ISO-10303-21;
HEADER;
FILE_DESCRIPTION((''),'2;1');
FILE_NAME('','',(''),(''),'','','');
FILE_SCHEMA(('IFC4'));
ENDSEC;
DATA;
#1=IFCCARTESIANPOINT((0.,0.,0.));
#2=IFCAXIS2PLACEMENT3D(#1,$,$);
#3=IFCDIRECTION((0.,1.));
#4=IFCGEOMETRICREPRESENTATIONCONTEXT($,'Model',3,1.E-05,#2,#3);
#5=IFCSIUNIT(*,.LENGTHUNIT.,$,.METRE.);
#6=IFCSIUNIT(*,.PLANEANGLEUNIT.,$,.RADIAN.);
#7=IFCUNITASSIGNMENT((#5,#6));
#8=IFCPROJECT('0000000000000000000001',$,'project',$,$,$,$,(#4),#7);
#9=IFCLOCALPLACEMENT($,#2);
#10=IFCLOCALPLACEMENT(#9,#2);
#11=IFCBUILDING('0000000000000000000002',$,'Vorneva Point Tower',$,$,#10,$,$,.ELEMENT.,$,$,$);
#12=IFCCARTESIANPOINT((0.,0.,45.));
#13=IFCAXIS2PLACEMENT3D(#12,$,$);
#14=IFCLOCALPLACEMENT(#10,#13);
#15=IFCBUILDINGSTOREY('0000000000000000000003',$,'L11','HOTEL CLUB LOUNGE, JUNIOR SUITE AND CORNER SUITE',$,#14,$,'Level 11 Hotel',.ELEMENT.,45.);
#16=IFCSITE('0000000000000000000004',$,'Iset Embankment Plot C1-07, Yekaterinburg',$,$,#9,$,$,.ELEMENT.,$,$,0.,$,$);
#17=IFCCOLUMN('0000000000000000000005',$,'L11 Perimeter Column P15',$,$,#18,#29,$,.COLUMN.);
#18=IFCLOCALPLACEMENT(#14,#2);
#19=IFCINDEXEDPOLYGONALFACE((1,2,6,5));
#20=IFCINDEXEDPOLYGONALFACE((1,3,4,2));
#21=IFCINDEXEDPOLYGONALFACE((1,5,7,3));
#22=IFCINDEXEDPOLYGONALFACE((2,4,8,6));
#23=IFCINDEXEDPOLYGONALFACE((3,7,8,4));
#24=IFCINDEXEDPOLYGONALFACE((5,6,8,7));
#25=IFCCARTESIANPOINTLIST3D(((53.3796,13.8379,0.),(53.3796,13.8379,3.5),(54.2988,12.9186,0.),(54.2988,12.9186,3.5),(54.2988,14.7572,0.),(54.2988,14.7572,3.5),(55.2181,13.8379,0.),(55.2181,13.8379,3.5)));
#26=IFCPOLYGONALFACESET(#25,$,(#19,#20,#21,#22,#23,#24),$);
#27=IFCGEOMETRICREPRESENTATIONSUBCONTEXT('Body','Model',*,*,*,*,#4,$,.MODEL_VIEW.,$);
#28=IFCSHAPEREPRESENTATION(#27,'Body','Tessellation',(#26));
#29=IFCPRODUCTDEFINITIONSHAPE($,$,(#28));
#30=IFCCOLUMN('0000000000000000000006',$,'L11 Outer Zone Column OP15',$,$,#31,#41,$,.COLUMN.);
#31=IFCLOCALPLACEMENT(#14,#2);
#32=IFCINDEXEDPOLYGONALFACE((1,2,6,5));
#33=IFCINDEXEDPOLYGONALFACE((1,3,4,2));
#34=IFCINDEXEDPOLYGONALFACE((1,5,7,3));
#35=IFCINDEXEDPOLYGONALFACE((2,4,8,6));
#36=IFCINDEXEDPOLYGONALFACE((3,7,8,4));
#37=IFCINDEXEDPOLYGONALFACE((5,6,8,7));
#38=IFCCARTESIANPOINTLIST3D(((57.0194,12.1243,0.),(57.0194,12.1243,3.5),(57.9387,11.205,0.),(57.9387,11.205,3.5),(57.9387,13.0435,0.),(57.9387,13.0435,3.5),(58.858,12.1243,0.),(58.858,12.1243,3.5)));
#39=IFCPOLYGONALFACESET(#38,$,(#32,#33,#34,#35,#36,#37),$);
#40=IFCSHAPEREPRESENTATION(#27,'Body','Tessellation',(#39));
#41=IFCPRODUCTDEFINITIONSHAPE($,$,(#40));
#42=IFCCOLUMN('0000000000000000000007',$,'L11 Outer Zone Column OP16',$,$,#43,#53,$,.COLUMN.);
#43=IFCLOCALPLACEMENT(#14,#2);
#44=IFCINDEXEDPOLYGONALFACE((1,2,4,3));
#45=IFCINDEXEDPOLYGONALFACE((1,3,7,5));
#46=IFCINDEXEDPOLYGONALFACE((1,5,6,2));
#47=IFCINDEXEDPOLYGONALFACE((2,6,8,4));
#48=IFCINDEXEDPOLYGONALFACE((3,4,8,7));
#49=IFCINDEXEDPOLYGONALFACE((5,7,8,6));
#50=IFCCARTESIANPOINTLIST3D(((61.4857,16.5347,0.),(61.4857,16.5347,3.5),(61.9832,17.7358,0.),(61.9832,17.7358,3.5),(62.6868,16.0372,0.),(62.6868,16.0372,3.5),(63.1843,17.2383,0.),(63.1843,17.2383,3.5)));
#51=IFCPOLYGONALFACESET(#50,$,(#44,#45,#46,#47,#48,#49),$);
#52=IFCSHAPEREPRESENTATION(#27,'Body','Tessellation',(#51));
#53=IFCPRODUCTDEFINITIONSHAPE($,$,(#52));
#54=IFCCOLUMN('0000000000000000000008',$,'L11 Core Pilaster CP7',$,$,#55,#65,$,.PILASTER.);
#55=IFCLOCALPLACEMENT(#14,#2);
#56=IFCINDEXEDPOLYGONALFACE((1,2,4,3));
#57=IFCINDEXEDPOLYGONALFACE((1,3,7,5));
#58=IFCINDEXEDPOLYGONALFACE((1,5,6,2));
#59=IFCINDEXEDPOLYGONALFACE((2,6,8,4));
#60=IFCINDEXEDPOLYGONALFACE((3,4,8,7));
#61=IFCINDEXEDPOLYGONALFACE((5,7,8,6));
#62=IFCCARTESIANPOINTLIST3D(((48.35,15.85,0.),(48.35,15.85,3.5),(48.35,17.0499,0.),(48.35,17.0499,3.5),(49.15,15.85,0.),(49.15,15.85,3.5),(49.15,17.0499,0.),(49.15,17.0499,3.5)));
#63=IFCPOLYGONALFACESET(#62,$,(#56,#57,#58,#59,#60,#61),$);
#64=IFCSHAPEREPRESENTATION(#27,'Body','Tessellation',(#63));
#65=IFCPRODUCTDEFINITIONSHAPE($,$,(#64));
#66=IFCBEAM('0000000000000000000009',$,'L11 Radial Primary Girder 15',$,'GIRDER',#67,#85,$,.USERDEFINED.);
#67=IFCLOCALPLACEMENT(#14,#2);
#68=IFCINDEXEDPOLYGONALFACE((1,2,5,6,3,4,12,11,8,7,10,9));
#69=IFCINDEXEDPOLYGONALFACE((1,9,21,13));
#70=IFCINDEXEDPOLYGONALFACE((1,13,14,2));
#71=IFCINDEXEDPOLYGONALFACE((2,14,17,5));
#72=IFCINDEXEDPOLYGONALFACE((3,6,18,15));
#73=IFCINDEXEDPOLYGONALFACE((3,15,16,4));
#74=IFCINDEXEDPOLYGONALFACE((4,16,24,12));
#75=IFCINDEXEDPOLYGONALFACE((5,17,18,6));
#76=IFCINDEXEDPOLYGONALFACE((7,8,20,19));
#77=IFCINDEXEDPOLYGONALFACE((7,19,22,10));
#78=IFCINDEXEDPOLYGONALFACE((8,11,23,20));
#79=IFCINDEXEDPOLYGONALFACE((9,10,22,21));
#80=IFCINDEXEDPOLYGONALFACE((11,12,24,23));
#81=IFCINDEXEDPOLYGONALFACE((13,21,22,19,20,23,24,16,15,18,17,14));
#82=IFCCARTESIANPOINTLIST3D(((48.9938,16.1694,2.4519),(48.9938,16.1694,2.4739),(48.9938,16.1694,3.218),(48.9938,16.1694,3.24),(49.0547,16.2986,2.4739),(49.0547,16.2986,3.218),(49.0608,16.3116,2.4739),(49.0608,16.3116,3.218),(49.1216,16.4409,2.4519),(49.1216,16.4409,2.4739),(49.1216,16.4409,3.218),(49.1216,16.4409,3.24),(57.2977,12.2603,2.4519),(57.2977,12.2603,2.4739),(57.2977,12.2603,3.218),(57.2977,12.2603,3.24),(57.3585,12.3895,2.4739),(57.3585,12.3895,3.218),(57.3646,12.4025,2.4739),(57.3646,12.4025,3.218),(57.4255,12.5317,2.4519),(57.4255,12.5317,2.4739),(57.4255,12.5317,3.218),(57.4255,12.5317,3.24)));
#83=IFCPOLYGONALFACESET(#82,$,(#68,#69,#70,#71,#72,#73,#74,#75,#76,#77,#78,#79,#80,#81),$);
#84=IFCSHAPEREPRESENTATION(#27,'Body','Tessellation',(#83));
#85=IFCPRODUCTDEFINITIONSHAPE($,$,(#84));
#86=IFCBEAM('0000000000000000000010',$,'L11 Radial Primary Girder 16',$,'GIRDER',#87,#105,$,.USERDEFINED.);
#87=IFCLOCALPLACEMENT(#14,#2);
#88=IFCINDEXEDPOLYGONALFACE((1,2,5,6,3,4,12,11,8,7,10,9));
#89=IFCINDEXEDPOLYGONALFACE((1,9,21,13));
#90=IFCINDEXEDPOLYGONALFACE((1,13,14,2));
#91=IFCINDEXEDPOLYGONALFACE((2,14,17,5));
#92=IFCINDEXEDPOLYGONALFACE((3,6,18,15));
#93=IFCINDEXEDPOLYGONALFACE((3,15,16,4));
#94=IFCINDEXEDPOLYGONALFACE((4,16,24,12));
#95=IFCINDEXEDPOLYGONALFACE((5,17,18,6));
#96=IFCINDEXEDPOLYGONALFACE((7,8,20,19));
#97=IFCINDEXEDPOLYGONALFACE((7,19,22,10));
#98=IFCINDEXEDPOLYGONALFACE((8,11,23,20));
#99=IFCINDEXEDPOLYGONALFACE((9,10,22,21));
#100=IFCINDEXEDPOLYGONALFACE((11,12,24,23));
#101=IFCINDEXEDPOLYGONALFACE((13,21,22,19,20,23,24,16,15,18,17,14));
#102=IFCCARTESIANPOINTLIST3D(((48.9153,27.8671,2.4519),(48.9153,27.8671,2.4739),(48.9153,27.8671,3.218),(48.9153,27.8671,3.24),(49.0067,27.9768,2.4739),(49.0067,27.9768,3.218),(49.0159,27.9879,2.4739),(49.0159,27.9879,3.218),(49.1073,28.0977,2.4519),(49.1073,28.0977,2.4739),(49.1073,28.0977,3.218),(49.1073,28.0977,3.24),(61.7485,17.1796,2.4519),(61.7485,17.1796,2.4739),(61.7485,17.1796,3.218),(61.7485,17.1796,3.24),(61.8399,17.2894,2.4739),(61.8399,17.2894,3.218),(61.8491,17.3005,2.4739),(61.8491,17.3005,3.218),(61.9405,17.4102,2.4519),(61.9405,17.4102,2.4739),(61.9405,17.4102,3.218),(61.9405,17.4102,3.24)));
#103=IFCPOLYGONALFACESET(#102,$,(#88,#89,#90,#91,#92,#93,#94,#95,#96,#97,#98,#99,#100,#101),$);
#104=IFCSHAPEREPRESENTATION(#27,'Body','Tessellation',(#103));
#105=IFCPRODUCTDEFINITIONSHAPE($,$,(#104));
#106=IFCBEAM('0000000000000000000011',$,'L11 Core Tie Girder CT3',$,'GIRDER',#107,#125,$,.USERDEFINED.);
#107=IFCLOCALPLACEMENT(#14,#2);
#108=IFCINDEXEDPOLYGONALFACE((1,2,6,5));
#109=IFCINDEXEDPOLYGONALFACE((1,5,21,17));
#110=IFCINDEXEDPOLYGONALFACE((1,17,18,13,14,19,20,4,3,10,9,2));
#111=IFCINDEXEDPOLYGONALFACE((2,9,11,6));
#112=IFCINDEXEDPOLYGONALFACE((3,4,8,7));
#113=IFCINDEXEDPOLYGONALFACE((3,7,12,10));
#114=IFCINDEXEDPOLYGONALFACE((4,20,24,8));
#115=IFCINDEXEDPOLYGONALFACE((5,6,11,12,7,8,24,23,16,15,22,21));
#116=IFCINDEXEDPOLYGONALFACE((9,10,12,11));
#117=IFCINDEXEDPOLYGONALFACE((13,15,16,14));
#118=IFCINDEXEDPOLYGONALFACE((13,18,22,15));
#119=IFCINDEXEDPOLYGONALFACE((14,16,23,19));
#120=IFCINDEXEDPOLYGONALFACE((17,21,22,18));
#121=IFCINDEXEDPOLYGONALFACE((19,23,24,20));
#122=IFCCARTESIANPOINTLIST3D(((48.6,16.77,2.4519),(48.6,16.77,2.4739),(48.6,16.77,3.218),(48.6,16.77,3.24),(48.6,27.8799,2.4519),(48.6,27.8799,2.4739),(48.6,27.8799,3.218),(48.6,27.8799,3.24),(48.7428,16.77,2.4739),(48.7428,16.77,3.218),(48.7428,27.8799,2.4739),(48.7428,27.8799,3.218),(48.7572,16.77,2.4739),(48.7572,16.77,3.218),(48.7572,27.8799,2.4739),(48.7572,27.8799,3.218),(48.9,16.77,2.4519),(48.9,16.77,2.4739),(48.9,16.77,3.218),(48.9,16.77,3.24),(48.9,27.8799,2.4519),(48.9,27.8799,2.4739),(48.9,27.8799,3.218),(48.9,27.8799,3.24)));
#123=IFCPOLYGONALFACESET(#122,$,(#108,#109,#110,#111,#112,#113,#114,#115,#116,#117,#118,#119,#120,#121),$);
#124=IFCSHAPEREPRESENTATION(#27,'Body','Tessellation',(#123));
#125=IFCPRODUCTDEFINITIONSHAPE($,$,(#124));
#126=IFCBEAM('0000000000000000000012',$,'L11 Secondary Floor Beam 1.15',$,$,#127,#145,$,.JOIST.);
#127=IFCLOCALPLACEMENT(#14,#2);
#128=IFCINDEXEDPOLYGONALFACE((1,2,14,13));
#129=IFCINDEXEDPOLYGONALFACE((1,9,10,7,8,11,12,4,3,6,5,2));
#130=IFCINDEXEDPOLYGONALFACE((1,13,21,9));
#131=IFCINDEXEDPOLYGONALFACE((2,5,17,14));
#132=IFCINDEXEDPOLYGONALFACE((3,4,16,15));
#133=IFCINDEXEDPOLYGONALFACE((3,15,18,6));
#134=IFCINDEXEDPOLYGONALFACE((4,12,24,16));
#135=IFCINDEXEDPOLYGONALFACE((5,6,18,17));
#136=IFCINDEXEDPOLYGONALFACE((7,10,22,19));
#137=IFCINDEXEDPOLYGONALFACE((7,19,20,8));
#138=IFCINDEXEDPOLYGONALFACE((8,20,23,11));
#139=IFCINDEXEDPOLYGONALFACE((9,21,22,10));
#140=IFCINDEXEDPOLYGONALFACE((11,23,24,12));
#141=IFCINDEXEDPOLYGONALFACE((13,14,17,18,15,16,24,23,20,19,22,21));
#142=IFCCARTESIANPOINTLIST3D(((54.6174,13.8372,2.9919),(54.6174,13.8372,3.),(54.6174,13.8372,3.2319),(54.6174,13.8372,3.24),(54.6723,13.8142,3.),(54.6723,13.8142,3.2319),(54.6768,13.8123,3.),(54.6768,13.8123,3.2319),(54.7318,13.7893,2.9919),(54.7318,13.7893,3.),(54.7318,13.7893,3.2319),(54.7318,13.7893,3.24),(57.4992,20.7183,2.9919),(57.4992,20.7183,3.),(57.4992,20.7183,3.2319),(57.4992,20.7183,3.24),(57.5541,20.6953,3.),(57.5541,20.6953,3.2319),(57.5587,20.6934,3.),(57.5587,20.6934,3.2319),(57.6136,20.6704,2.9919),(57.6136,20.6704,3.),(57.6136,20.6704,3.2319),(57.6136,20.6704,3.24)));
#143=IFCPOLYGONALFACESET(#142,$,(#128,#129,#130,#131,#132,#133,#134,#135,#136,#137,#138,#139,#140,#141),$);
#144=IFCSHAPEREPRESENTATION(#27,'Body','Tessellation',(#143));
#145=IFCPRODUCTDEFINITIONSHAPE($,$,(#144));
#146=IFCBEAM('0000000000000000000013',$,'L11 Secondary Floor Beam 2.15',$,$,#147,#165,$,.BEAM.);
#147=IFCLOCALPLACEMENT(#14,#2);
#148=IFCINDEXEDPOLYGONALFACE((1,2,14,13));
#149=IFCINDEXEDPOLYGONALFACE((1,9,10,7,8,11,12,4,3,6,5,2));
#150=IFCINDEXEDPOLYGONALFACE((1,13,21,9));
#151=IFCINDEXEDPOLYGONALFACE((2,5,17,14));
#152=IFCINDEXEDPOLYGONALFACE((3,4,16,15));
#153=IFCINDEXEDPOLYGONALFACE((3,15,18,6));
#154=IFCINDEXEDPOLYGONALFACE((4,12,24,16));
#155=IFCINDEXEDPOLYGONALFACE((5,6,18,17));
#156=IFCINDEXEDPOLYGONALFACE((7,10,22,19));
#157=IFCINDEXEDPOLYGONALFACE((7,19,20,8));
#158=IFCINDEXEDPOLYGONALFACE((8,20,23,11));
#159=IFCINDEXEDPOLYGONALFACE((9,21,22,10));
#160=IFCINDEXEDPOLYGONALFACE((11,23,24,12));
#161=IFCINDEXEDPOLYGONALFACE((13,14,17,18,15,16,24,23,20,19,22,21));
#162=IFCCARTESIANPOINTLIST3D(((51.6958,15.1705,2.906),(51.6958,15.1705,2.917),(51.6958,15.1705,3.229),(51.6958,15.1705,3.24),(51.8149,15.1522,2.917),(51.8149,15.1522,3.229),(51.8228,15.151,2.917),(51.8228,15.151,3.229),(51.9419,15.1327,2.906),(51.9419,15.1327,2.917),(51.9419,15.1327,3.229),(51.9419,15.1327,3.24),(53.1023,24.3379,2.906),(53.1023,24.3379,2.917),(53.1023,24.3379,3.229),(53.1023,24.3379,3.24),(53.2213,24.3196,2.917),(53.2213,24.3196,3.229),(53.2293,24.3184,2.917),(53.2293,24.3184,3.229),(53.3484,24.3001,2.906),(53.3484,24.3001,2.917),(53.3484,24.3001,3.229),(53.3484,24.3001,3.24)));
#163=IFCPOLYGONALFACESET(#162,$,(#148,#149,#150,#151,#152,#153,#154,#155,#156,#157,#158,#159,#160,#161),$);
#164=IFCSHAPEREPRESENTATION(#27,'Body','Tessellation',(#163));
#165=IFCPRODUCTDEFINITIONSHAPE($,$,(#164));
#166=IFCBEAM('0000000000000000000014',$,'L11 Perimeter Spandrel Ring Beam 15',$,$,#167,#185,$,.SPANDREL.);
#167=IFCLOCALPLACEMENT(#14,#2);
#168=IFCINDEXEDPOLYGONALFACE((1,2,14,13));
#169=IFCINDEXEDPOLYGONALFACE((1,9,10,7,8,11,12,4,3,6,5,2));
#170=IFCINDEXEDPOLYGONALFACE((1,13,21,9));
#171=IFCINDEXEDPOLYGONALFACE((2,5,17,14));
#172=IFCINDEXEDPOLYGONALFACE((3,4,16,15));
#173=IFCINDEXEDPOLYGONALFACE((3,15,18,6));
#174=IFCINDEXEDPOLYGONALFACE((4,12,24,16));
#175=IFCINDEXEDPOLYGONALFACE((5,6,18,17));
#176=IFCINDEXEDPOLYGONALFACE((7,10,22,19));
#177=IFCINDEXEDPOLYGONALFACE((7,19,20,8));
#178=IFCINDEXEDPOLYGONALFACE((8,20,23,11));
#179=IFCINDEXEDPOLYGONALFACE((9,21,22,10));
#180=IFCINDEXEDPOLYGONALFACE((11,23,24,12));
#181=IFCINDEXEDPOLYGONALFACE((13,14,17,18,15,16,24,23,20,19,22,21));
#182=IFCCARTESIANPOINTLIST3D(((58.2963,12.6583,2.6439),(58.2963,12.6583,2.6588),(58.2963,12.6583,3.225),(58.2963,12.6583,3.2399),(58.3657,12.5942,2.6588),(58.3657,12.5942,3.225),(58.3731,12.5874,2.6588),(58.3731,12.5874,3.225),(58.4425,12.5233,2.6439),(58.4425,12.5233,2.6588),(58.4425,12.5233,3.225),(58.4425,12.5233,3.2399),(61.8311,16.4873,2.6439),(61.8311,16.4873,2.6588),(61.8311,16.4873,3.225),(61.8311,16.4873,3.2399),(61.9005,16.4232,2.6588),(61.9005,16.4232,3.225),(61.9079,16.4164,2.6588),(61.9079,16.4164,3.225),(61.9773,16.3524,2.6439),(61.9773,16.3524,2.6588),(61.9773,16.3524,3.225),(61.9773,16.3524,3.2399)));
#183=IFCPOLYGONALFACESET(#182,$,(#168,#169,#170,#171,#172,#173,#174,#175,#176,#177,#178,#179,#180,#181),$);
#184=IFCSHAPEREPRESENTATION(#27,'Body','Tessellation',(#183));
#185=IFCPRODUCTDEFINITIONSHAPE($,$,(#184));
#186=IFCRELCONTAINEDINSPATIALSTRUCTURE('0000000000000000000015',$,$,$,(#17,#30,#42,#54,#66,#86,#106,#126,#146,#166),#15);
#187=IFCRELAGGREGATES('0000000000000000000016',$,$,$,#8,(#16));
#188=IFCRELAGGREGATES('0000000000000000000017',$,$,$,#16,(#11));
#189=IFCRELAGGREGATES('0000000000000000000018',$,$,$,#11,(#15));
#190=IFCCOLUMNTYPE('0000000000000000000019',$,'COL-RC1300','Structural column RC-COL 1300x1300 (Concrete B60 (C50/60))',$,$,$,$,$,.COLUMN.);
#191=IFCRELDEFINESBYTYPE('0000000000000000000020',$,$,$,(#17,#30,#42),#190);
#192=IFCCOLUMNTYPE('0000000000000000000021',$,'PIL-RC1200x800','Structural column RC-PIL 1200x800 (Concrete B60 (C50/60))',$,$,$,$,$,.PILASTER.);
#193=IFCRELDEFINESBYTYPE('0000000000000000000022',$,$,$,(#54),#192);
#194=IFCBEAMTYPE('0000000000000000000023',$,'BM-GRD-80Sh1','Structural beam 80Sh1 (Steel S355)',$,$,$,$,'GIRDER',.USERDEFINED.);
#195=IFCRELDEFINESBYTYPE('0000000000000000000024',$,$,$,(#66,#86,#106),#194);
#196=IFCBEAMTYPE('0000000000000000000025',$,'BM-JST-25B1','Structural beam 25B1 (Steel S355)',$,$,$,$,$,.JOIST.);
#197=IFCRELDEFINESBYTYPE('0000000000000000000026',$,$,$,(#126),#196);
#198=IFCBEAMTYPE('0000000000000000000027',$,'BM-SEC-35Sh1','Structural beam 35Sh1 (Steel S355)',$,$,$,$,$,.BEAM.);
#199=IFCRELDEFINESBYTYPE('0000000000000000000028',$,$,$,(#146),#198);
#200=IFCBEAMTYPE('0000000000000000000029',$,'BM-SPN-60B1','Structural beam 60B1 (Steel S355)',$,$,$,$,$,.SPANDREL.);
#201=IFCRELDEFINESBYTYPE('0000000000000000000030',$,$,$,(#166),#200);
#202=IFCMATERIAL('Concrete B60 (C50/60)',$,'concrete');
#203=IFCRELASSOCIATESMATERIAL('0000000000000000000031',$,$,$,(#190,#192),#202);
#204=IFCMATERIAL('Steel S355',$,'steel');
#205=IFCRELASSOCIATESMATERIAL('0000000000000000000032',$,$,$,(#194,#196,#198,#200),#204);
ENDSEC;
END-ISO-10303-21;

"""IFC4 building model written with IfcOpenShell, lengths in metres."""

from ifc_helpers import new_model, si_unit, direction, frame, origin, origin_2d, place, context, subcontext, project, spatial, rectangle, i_section, extrude, material, material_profile, profile_set, type_object, element, save


model = new_model("IFC4")

# Units and contexts
model_context = context("Model", 3, precision=1e-05, world=origin(), true_north=direction((0.0, 1.0)))
body_context = subcontext(model_context, "Body", "Model", "MODEL_VIEW")
ifc_project = project(units=[si_unit("LENGTHUNIT", "METRE"), si_unit("PLANEANGLEUNIT", "RADIAN")], contexts=[model_context])

# Site, building, storey
site_placement = place(None, origin())
site = spatial("IfcSite", under=ifc_project, at=site_placement, Name="Iset Embankment Plot C1-07, Yekaterinburg", CompositionType="ELEMENT", RefElevation=0.0)
building_placement = place(site_placement, origin())
building = spatial("IfcBuilding", under=site, at=building_placement, Name="Vorneva Point Tower", CompositionType="ELEMENT")
storey_placement = place(building_placement, frame((0.0, 0.0, 45.0)))
storey = spatial("IfcBuildingStorey", under=building, at=storey_placement, Name="L11", Description="HOTEL CLUB LOUNGE, JUNIOR SUITE AND CORNER SUITE", LongName="Level 11 Hotel", CompositionType="ELEMENT", Elevation=45.0)

# Columns
ifc_material_1 = material(Name="Concrete B60 (C50/60)", Category="concrete")
ifc_material_profile_1 = material_profile(ifc_material_1, rectangle(XDim=1.3, YDim=1.3, at=origin_2d()), Name="RC-COL 1300x1300")
ifc_profile_set_1 = profile_set([ifc_material_profile_1], Name="Concrete B60 (C50/60)")
column_type_1 = type_object("IfcColumnType", Name="COL-RC1300", Description="Structural column RC-COL 1300x1300 (Concrete B60 (C50/60))", PredefinedType="COLUMN", material=ifc_profile_set_1)
for number, where, z_axis, x_axis, name in (
    (1, (54.2988, 13.8379, 0.0), (0.0, 0.0, 1.0), (0.707107, -0.707107, 0.0), "L11 Perimeter Column P15"),
    (2, (57.9387, 12.1243, 0.0), (0.0, 0.0, 1.0), (0.707107, -0.707107, 0.0), "L11 Outer Zone Column OP15"),
    (3, (62.335, 16.8865, 0.0), (0.0, 0.0, 1.0), (0.92388, -0.382683, 0.0), "L11 Outer Zone Column OP16"),
):
    element("IfcColumn", number, at=place(storey_placement, frame(where, z_axis=z_axis, x_axis=x_axis)), inside=storey, type_object=column_type_1, Name=name, PredefinedType="COLUMN", context=body_context, shape_type="SweptSolid", body=[
        extrude(rectangle(XDim=1.3, YDim=1.3, at=origin_2d()), origin(), (0.0, 0.0, 1.0), 3.5),
    ])
ifc_material_profile_2 = material_profile(ifc_material_1, rectangle(XDim=0.8, YDim=1.2, at=origin_2d()), Name="RC-PIL 1200x800")
ifc_profile_set_2 = profile_set([ifc_material_profile_2], Name="Concrete B60 (C50/60)")
column_type_2 = type_object("IfcColumnType", Name="PIL-RC1200x800", Description="Structural column RC-PIL 1200x800 (Concrete B60 (C50/60))", PredefinedType="PILASTER", material=ifc_profile_set_2)
column_placement = place(storey_placement, frame((48.75, 16.45, 0.0), z_axis=(0.0, 0.0, 1.0), x_axis=(1.0, 0.0, 0.0)))
element("IfcColumn", 4, at=column_placement, inside=storey, type_object=column_type_2, Name="L11 Core Pilaster CP7", PredefinedType="PILASTER", context=body_context, shape_type="SweptSolid", body=[
    extrude(rectangle(XDim=0.8, YDim=1.2, at=origin_2d()), origin(), (0.0, 0.0, 1.0), 3.5),
])

# Beams
ifc_material_2 = material(Name="Steel S355", Category="steel")
ifc_material_profile_3 = material_profile(ifc_material_2, i_section(OverallWidth=0.3, OverallDepth=0.7881, WebThickness=0.0144, FlangeThickness=0.022, at=origin_2d()), Name="80Sh1")
ifc_profile_set_3 = profile_set([ifc_material_profile_3], Name="Steel S355")
beam_type_1 = type_object("IfcBeamType", Name="BM-GRD-80Sh1", Description="Structural beam 80Sh1 (Steel S355)", ElementType="GIRDER", PredefinedType="USERDEFINED", material=ifc_profile_set_3)
beam_1_placement = place(storey_placement, frame((57.3616, 12.396, 2.8459), z_axis=(-0.904758, 0.425925, 0.0), x_axis=(-0.425925, -0.904758, 0.0)))
element("IfcBeam", 5, at=beam_1_placement, inside=storey, type_object=beam_type_1, Name="L11 Radial Primary Girder 15", ObjectType="GIRDER", PredefinedType="USERDEFINED", context=body_context, shape_type="SweptSolid", body=[
    extrude(i_section(OverallWidth=0.3, OverallDepth=0.7881, WebThickness=0.0144, FlangeThickness=0.022, at=origin_2d()), origin(), (0.0, 0.0, 1.0), 9.178),
])
beam_2_placement = place(storey_placement, frame((61.8445, 17.2949, 2.8459), z_axis=(-0.768424, 0.639941, 0.0), x_axis=(-0.639941, -0.768424, 0.0)))
element("IfcBeam", 6, at=beam_2_placement, inside=storey, type_object=beam_type_1, Name="L11 Radial Primary Girder 16", ObjectType="GIRDER", PredefinedType="USERDEFINED", context=body_context, shape_type="SweptSolid", body=[
    extrude(i_section(OverallWidth=0.3, OverallDepth=0.7881, WebThickness=0.0144, FlangeThickness=0.022, at=origin_2d()), origin(), (0.0, 0.0, 1.0), 16.7007),
])
beam_3_placement = place(storey_placement, frame((48.75, 16.77, 2.8459), z_axis=(0.0, 1.0, 0.0), x_axis=(-1.0, 0.0, 0.0)))
element("IfcBeam", 7, at=beam_3_placement, inside=storey, type_object=beam_type_1, Name="L11 Core Tie Girder CT3", ObjectType="GIRDER", PredefinedType="USERDEFINED", context=body_context, shape_type="SweptSolid", body=[
    extrude(i_section(OverallWidth=0.3, OverallDepth=0.7881, WebThickness=0.0144, FlangeThickness=0.022, at=origin_2d()), origin(), (0.0, 0.0, 1.0), 11.1099),
])
ifc_material_profile_4 = material_profile(ifc_material_2, i_section(OverallWidth=0.124, OverallDepth=0.248, WebThickness=0.0049, FlangeThickness=0.0081, at=origin_2d()), Name="25B1")
ifc_profile_set_4 = profile_set([ifc_material_profile_4], Name="Steel S355")
beam_type_2 = type_object("IfcBeamType", Name="BM-JST-25B1", Description="Structural beam 25B1 (Steel S355)", PredefinedType="JOIST", material=ifc_profile_set_4)
beam_4_placement = place(storey_placement, frame((54.6746, 13.8132, 3.116), z_axis=(0.386295, 0.922375, 0.0), x_axis=(-0.922375, 0.386295, 0.0)))
element("IfcBeam", 8, at=beam_4_placement, inside=storey, type_object=beam_type_2, Name="L11 Secondary Floor Beam 1.15", PredefinedType="JOIST", context=body_context, shape_type="SweptSolid", body=[
    extrude(i_section(OverallWidth=0.124, OverallDepth=0.248, WebThickness=0.0049, FlangeThickness=0.0081, at=origin_2d()), origin(), (0.0, 0.0, 1.0), 7.4602),
])
ifc_material_profile_5 = material_profile(ifc_material_2, i_section(OverallWidth=0.249, OverallDepth=0.334, WebThickness=0.0081, FlangeThickness=0.011, at=origin_2d()), Name="35Sh1")
ifc_profile_set_5 = profile_set([ifc_material_profile_5], Name="Steel S355")
beam_type_3 = type_object("IfcBeamType", Name="BM-SEC-35Sh1", Description="Structural beam 35Sh1 (Steel S355)", PredefinedType="BEAM", material=ifc_profile_set_5)
beam_5_placement = place(storey_placement, frame((51.8188, 15.1516, 3.073), z_axis=(0.151648, 0.988435, 0.0), x_axis=(-0.988435, 0.151648, 0.0)))
element("IfcBeam", 9, at=beam_5_placement, inside=storey, type_object=beam_type_3, Name="L11 Secondary Floor Beam 2.15", PredefinedType="BEAM", context=body_context, shape_type="SweptSolid", body=[
    extrude(i_section(OverallWidth=0.249, OverallDepth=0.334, WebThickness=0.0081, FlangeThickness=0.011, at=origin_2d()), origin(), (0.0, 0.0, 1.0), 9.2747),
])
ifc_material_profile_6 = material_profile(ifc_material_2, i_section(OverallWidth=0.199, OverallDepth=0.5959, WebThickness=0.01, FlangeThickness=0.0149, at=origin_2d()), Name="60B1")
ifc_profile_set_6 = profile_set([ifc_material_profile_6], Name="Steel S355")
beam_type_4 = type_object("IfcBeamType", Name="BM-SPN-60B1", Description="Structural beam 60B1 (Steel S355)", PredefinedType="SPANDREL", material=ifc_profile_set_6)
beam_6_placement = place(storey_placement, frame((58.3694, 12.5908, 2.9419), z_axis=(0.678317, 0.734769, 0.0), x_axis=(-0.734769, 0.678317, 0.0)))
element("IfcBeam", 10, at=beam_6_placement, inside=storey, type_object=beam_type_4, Name="L11 Perimeter Spandrel Ring Beam 15", PredefinedType="SPANDREL", context=body_context, shape_type="SweptSolid", body=[
    extrude(i_section(OverallWidth=0.199, OverallDepth=0.5959, WebThickness=0.01, FlangeThickness=0.0149, at=origin_2d()), origin(), (0.0, 0.0, 1.0), 5.2112),
])

save(model, "model.ifc")
